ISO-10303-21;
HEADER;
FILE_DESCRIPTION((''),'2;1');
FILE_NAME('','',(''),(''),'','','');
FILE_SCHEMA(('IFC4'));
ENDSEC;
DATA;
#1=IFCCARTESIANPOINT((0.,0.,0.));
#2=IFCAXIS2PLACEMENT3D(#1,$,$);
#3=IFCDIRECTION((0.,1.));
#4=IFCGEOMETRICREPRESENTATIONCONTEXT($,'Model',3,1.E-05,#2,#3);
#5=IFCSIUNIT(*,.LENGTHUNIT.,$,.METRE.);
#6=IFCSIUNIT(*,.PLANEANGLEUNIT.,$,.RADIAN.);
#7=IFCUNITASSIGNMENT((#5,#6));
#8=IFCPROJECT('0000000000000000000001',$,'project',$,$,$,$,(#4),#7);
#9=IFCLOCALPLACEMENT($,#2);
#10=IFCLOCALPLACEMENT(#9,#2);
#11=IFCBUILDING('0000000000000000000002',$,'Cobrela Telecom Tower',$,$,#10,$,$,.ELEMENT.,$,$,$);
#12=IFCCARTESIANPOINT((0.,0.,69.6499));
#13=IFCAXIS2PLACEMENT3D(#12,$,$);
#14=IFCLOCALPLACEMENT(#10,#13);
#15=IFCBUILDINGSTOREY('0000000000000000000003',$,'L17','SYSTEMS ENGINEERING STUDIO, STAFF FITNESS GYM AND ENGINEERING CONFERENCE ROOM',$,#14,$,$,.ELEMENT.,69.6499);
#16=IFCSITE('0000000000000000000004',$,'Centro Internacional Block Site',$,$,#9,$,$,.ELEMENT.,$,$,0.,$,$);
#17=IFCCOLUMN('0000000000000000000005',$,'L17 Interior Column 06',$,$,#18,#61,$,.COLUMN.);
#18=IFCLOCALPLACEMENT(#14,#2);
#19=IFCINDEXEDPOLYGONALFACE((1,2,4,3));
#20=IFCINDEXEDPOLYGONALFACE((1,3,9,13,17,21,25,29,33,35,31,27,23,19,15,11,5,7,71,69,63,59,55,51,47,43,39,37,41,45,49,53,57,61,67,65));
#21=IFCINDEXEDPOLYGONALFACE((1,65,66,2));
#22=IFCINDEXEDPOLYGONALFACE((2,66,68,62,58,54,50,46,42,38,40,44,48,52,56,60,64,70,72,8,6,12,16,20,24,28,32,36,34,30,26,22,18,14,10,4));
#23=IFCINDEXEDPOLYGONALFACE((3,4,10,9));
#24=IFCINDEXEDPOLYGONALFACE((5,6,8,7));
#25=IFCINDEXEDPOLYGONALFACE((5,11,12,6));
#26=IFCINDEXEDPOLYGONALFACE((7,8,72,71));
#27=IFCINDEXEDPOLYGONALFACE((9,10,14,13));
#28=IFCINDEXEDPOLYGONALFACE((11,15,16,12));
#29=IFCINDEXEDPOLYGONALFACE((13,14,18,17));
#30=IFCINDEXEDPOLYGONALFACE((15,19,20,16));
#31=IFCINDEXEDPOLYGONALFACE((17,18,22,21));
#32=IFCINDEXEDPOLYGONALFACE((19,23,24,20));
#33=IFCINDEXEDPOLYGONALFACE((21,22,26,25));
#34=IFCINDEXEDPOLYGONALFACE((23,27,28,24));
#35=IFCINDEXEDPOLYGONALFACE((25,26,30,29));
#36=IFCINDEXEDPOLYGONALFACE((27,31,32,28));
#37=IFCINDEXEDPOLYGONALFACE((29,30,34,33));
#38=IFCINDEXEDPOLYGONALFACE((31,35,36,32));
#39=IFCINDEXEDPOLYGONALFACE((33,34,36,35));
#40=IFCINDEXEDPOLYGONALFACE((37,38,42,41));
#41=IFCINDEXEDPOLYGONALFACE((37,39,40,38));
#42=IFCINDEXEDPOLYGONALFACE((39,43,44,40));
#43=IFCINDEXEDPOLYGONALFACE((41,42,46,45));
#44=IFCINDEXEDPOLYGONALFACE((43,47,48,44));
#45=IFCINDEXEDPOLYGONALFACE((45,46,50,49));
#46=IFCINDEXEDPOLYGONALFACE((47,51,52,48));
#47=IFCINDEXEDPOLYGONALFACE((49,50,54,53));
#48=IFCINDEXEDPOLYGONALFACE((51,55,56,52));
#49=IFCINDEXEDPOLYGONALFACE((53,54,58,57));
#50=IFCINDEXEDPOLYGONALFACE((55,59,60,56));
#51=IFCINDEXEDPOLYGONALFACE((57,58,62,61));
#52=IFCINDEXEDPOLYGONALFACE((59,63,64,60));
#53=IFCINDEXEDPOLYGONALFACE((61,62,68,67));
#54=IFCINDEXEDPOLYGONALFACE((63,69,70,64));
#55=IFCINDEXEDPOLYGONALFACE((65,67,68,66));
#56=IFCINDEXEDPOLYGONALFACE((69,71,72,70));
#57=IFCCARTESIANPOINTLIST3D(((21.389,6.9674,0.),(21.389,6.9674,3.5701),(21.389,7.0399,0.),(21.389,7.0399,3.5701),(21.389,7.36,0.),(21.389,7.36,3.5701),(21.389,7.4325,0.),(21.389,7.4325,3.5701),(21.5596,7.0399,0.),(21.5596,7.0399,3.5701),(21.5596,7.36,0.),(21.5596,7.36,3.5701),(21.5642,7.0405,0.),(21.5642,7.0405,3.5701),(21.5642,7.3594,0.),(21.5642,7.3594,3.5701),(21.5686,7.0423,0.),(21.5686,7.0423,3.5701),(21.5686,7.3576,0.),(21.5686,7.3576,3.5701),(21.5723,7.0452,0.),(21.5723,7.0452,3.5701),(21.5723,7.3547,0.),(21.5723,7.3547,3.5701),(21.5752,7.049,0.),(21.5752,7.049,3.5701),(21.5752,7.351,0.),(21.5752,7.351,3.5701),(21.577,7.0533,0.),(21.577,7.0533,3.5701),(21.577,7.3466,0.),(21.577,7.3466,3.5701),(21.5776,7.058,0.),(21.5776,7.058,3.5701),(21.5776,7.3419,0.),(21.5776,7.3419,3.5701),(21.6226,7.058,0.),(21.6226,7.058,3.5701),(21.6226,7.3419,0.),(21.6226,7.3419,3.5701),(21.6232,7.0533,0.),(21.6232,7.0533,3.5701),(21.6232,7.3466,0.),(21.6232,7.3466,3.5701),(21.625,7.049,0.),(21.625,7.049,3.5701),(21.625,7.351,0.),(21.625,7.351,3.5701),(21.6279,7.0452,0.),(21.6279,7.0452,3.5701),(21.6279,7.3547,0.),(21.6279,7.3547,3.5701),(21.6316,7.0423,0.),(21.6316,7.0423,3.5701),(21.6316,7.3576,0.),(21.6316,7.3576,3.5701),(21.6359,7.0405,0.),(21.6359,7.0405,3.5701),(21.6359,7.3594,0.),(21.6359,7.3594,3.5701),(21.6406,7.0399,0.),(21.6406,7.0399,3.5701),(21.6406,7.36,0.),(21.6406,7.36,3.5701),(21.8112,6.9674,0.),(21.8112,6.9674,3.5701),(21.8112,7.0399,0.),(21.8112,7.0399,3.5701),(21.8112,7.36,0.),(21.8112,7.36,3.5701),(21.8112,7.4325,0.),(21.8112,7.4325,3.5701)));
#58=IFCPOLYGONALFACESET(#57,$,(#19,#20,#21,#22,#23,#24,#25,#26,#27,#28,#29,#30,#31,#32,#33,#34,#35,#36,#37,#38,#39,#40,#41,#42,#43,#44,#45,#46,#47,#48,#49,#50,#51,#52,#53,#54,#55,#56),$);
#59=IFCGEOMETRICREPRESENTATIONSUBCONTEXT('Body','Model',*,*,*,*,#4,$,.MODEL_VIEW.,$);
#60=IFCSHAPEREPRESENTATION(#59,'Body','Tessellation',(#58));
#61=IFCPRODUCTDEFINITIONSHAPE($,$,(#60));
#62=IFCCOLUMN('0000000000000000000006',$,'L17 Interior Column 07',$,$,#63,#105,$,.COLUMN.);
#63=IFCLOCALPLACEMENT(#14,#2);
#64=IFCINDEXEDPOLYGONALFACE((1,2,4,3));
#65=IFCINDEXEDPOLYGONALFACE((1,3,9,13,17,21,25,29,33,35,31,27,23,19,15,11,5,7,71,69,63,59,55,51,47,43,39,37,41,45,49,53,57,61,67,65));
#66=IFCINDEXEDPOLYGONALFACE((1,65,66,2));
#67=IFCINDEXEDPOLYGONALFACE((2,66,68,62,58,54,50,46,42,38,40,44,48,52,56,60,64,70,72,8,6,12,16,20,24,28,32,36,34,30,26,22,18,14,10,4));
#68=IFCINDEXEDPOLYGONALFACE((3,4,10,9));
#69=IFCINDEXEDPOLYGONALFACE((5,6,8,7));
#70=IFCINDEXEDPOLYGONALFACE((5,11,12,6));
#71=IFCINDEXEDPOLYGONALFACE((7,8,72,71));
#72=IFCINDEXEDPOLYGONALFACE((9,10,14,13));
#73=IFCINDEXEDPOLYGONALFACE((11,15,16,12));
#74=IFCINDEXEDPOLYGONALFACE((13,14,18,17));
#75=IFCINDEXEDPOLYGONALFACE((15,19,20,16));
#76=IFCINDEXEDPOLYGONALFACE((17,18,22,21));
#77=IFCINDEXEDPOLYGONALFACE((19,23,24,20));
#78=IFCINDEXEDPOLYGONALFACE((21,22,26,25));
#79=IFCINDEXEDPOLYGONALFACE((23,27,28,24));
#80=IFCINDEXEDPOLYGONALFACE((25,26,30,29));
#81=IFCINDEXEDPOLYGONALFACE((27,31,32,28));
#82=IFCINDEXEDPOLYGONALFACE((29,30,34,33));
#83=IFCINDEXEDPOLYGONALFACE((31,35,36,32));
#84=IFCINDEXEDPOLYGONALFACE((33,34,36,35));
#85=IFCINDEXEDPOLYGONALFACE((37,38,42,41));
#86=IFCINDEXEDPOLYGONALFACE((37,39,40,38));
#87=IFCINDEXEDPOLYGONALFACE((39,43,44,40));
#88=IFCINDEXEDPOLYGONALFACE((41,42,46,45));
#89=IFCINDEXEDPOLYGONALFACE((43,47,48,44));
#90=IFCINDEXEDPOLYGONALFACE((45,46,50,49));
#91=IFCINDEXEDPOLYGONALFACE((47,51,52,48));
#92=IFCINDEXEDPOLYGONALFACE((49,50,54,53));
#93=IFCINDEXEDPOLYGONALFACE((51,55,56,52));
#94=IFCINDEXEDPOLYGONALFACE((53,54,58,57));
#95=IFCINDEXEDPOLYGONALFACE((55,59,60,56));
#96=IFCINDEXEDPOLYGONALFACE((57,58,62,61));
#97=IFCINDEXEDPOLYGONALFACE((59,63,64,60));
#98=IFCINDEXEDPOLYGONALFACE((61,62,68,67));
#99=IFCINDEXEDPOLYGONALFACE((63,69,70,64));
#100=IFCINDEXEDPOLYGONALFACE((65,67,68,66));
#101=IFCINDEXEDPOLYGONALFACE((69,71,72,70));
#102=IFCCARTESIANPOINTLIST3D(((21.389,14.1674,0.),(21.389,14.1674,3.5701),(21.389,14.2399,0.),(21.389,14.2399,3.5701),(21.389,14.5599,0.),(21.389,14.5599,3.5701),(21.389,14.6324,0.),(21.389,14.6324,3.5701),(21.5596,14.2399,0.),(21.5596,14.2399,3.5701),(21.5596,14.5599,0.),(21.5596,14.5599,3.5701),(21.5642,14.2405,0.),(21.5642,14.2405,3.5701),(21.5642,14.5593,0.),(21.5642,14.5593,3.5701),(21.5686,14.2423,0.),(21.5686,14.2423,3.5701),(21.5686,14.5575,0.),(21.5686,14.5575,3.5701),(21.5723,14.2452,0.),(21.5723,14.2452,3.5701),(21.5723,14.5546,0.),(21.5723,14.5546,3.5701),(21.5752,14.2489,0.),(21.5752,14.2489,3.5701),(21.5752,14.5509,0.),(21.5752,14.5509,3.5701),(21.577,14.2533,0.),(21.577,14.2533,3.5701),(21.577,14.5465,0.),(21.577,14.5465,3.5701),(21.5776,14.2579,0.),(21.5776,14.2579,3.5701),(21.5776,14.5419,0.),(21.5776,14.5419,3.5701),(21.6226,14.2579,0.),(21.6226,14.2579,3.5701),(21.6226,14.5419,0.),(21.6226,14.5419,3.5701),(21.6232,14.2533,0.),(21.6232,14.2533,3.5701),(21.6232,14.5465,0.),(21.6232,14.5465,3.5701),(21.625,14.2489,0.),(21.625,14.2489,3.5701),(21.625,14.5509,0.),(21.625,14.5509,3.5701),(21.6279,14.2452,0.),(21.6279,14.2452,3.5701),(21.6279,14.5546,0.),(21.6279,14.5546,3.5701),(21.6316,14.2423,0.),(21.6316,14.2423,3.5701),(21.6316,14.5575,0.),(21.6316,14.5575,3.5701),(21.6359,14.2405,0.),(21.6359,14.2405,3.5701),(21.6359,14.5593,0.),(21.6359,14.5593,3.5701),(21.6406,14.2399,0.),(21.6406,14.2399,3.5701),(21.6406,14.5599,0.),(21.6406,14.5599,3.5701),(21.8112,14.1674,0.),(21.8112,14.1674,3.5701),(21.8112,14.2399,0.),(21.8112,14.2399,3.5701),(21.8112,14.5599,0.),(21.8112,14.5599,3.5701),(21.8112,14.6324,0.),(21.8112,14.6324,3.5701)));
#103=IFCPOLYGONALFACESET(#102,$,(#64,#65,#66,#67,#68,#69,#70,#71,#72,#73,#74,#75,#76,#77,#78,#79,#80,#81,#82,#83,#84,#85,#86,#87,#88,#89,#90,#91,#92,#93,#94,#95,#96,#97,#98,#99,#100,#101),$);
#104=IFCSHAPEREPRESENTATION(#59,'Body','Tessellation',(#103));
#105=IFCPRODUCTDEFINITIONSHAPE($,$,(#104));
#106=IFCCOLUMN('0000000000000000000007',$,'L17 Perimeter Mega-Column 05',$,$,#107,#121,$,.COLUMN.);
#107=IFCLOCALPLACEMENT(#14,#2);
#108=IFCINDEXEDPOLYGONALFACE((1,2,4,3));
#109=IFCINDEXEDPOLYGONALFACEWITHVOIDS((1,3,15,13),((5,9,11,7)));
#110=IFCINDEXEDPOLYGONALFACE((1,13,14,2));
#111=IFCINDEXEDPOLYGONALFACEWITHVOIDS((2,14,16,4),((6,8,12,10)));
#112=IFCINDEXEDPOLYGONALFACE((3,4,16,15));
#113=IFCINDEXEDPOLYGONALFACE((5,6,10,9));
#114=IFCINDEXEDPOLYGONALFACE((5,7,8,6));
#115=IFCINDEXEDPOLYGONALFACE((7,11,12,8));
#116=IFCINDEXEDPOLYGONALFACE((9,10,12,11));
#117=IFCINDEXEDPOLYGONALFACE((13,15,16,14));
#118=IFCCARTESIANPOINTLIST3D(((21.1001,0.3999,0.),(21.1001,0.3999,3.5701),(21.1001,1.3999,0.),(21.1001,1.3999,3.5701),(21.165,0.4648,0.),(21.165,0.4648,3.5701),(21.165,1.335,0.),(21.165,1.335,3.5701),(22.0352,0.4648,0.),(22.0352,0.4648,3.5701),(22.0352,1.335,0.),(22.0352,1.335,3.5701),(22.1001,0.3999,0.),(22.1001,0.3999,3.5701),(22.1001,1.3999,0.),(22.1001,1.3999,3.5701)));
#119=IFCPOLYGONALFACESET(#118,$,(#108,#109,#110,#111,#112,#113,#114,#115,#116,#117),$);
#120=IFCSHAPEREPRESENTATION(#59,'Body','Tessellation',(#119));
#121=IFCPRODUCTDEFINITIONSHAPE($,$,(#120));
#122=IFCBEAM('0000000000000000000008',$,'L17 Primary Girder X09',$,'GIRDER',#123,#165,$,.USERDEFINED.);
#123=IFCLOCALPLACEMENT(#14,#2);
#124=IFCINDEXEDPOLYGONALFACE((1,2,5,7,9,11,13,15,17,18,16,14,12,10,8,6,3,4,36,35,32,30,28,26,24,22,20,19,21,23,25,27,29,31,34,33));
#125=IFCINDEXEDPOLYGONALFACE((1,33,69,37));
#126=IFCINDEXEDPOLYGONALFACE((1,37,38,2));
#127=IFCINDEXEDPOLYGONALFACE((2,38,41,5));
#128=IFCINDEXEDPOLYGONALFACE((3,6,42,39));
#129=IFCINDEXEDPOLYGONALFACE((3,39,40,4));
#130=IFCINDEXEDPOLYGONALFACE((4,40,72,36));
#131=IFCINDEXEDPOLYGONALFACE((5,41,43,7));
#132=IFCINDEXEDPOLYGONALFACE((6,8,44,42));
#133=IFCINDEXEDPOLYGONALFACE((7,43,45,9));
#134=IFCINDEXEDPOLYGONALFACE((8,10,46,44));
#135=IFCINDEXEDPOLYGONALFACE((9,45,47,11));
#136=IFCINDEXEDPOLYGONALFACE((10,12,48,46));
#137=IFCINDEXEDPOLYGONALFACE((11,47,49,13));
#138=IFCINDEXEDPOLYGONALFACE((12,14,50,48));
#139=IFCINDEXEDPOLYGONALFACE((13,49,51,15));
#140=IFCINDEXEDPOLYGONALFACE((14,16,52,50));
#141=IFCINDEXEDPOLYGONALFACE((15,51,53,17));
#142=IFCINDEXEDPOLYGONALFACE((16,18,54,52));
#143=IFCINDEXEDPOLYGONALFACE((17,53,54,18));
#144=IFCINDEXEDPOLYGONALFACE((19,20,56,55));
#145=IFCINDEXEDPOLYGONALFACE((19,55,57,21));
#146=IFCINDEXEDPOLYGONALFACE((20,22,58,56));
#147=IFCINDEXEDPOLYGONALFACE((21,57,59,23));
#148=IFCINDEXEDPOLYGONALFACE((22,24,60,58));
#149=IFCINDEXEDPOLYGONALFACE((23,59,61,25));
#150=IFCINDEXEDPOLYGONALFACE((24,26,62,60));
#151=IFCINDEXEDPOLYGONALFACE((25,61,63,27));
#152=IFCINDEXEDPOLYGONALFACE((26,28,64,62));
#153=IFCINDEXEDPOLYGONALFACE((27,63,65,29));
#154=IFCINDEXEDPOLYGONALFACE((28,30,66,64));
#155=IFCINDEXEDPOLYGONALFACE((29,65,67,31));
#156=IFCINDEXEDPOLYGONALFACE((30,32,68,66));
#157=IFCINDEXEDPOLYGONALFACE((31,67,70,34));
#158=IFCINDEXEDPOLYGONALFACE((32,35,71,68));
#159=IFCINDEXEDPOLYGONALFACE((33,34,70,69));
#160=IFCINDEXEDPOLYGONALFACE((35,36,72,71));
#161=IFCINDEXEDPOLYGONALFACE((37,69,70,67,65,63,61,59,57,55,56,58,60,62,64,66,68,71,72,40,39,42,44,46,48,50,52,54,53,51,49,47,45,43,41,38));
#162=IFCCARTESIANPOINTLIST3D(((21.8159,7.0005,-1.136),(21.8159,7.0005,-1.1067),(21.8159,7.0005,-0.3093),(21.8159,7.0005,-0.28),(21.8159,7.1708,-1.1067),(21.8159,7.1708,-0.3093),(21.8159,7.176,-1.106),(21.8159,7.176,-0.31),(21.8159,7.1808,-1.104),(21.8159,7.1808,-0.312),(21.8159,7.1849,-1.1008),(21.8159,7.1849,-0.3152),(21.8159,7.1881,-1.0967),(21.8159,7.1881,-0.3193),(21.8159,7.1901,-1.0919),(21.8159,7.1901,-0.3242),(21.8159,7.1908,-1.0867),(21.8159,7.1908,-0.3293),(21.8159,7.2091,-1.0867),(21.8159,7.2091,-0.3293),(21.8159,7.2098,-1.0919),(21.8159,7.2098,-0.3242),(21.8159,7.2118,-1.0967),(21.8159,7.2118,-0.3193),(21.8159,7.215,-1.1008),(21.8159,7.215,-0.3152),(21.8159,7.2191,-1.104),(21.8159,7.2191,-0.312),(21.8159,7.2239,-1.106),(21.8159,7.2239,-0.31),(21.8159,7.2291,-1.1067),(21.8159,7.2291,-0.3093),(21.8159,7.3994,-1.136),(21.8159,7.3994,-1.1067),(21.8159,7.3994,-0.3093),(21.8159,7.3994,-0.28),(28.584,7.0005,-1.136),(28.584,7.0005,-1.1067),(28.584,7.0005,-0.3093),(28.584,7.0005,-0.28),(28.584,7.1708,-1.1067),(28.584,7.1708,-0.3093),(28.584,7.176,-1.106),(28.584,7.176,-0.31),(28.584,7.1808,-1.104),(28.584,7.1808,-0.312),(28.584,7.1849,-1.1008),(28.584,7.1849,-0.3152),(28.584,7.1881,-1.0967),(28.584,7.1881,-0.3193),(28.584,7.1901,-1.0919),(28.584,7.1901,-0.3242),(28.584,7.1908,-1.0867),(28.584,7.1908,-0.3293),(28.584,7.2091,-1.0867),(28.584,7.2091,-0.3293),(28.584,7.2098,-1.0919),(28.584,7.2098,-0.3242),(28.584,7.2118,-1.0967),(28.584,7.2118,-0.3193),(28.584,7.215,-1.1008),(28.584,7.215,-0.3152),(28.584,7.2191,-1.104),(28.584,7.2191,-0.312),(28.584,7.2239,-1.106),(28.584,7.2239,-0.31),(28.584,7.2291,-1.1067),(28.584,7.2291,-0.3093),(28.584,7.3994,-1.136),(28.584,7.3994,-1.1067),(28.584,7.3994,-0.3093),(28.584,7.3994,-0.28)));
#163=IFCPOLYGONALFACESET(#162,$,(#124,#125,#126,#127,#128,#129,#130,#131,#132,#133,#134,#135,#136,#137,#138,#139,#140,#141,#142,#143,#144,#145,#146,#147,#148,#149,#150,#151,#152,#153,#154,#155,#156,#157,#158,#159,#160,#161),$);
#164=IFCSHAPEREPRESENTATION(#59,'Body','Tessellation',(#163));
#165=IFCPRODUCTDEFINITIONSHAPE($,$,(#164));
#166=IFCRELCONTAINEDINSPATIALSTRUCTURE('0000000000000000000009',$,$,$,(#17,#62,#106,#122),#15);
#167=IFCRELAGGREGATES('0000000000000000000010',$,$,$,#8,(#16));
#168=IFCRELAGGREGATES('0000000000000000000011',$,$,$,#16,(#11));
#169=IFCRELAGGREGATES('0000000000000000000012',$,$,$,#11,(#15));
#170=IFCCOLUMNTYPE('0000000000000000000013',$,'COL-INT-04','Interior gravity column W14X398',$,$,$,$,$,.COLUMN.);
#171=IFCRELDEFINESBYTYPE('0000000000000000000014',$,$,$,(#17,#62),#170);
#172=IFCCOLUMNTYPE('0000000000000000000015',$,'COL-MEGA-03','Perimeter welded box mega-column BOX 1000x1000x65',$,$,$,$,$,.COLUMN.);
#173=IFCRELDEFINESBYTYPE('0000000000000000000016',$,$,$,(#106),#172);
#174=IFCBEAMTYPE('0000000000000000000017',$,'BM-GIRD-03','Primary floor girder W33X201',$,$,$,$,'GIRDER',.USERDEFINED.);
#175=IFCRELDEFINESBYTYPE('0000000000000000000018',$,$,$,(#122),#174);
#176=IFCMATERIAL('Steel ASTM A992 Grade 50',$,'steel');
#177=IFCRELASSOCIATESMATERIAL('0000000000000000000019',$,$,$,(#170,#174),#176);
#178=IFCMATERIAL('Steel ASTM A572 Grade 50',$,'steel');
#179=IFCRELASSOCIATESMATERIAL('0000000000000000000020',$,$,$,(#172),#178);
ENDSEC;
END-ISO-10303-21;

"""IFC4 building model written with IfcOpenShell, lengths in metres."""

from ifc_helpers import new_model, si_unit, direction, frame, origin, origin_2d, place, context, subcontext, project, spatial, hollow_rectangle, i_section, extrude, material, material_profile, profile_set, type_object, element, save


model = new_model("IFC4")

# Units and contexts
model_context = context("Model", 3, precision=1e-05, world=origin(), true_north=direction((0.0, 1.0)))
body_context = subcontext(model_context, "Body", "Model", "MODEL_VIEW")
ifc_project = project(units=[si_unit("LENGTHUNIT", "METRE"), si_unit("PLANEANGLEUNIT", "RADIAN")], contexts=[model_context])

# Site, building, storey
site_placement = place(None, origin())
site = spatial("IfcSite", under=ifc_project, at=site_placement, Name="Centro Internacional Block Site", CompositionType="ELEMENT", RefElevation=0.0)
building_placement = place(site_placement, origin())
building = spatial("IfcBuilding", under=site, at=building_placement, Name="Cobrela Telecom Tower", CompositionType="ELEMENT")
storey_placement = place(building_placement, frame((0.0, 0.0, 69.6499)))
storey = spatial("IfcBuildingStorey", under=building, at=storey_placement, Name="L17", Description="SYSTEMS ENGINEERING STUDIO, STAFF FITNESS GYM AND ENGINEERING CONFERENCE ROOM", CompositionType="ELEMENT", Elevation=69.6499)

# Columns
ifc_material_1 = material(Name="Steel ASTM A992 Grade 50", Category="steel")
ifc_material_profile_1 = material_profile(ifc_material_1, i_section(OverallWidth=0.4221, OverallDepth=0.4651, WebThickness=0.0449, FlangeThickness=0.0725, FilletRadius=0.0181, at=origin_2d()), Name="W14X398")
ifc_profile_set_1 = profile_set([ifc_material_profile_1], Name="Steel ASTM A992 Grade 50")
column_type_1 = type_object("IfcColumnType", Name="COL-INT-04", Description="Interior gravity column W14X398", PredefinedType="COLUMN", material=ifc_profile_set_1)
for number, where, z_axis, x_axis, name in (
    (1, (21.6001, 7.2, 0.0), (0.0, 0.0, 1.0), (1.0, 0.0, 0.0), "L17 Interior Column 06"),
    (2, (21.6001, 14.3999, 0.0), (0.0, 0.0, 1.0), (1.0, 0.0, 0.0), "L17 Interior Column 07"),
):
    element("IfcColumn", number, at=place(storey_placement, frame(where, z_axis=z_axis, x_axis=x_axis)), inside=storey, type_object=column_type_1, Name=name, PredefinedType="COLUMN", context=body_context, shape_type="SweptSolid", body=[
        extrude(i_section(OverallWidth=0.4221, OverallDepth=0.4651, WebThickness=0.0449, FlangeThickness=0.0725, FilletRadius=0.0181, at=origin_2d()), origin(), (0.0, 0.0, 1.0), 3.5701),
    ])
ifc_material_2 = material(Name="Steel ASTM A572 Grade 50", Category="steel")
ifc_material_profile_2 = material_profile(ifc_material_2, hollow_rectangle(XDim=1.0, YDim=1.0, WallThickness=0.0649, at=origin_2d()), Name="BOX 1000x1000x65")
ifc_profile_set_2 = profile_set([ifc_material_profile_2], Name="Steel ASTM A572 Grade 50")
column_type_2 = type_object("IfcColumnType", Name="COL-MEGA-03", Description="Perimeter welded box mega-column BOX 1000x1000x65", PredefinedType="COLUMN", material=ifc_profile_set_2)
column_placement = place(storey_placement, frame((21.6001, 0.8999, 0.0), z_axis=(0.0, 0.0, 1.0), x_axis=(1.0, 0.0, 0.0)))
element("IfcColumn", 3, at=column_placement, inside=storey, type_object=column_type_2, Name="L17 Perimeter Mega-Column 05", PredefinedType="COLUMN", context=body_context, shape_type="SweptSolid", body=[
    extrude(hollow_rectangle(XDim=1.0, YDim=1.0, WallThickness=0.0649, at=origin_2d()), origin(), (0.0, 0.0, 1.0), 3.5701),
])

# Beam
ifc_material_profile_3 = material_profile(ifc_material_1, i_section(OverallWidth=0.3989, OverallDepth=0.856, WebThickness=0.0183, FlangeThickness=0.0293, FilletRadius=0.02, at=origin_2d()), Name="W33X201")
ifc_profile_set_3 = profile_set([ifc_material_profile_3], Name="Steel ASTM A992 Grade 50")
beam_type_1 = type_object("IfcBeamType", Name="BM-GIRD-03", Description="Primary floor girder W33X201", ElementType="GIRDER", PredefinedType="USERDEFINED", material=ifc_profile_set_3)
for number, where, z_axis, x_axis, name in (
    (4, (21.8159, 7.2, -0.708), (1.0, 0.0, 0.0), (0.0, 1.0, 0.0), "L17 Primary Girder X09"),
):
    element("IfcBeam", number, at=place(storey_placement, frame(where, z_axis=z_axis, x_axis=x_axis)), inside=storey, type_object=beam_type_1, Name=name, ObjectType="GIRDER", PredefinedType="USERDEFINED", context=body_context, shape_type="SweptSolid", body=[
        extrude(i_section(OverallWidth=0.3989, OverallDepth=0.856, WebThickness=0.0183, FlangeThickness=0.0293, FilletRadius=0.02, at=origin_2d()), origin(), (0.0, 0.0, 1.0), 6.7681),
    ])

save(model, "model.ifc")
